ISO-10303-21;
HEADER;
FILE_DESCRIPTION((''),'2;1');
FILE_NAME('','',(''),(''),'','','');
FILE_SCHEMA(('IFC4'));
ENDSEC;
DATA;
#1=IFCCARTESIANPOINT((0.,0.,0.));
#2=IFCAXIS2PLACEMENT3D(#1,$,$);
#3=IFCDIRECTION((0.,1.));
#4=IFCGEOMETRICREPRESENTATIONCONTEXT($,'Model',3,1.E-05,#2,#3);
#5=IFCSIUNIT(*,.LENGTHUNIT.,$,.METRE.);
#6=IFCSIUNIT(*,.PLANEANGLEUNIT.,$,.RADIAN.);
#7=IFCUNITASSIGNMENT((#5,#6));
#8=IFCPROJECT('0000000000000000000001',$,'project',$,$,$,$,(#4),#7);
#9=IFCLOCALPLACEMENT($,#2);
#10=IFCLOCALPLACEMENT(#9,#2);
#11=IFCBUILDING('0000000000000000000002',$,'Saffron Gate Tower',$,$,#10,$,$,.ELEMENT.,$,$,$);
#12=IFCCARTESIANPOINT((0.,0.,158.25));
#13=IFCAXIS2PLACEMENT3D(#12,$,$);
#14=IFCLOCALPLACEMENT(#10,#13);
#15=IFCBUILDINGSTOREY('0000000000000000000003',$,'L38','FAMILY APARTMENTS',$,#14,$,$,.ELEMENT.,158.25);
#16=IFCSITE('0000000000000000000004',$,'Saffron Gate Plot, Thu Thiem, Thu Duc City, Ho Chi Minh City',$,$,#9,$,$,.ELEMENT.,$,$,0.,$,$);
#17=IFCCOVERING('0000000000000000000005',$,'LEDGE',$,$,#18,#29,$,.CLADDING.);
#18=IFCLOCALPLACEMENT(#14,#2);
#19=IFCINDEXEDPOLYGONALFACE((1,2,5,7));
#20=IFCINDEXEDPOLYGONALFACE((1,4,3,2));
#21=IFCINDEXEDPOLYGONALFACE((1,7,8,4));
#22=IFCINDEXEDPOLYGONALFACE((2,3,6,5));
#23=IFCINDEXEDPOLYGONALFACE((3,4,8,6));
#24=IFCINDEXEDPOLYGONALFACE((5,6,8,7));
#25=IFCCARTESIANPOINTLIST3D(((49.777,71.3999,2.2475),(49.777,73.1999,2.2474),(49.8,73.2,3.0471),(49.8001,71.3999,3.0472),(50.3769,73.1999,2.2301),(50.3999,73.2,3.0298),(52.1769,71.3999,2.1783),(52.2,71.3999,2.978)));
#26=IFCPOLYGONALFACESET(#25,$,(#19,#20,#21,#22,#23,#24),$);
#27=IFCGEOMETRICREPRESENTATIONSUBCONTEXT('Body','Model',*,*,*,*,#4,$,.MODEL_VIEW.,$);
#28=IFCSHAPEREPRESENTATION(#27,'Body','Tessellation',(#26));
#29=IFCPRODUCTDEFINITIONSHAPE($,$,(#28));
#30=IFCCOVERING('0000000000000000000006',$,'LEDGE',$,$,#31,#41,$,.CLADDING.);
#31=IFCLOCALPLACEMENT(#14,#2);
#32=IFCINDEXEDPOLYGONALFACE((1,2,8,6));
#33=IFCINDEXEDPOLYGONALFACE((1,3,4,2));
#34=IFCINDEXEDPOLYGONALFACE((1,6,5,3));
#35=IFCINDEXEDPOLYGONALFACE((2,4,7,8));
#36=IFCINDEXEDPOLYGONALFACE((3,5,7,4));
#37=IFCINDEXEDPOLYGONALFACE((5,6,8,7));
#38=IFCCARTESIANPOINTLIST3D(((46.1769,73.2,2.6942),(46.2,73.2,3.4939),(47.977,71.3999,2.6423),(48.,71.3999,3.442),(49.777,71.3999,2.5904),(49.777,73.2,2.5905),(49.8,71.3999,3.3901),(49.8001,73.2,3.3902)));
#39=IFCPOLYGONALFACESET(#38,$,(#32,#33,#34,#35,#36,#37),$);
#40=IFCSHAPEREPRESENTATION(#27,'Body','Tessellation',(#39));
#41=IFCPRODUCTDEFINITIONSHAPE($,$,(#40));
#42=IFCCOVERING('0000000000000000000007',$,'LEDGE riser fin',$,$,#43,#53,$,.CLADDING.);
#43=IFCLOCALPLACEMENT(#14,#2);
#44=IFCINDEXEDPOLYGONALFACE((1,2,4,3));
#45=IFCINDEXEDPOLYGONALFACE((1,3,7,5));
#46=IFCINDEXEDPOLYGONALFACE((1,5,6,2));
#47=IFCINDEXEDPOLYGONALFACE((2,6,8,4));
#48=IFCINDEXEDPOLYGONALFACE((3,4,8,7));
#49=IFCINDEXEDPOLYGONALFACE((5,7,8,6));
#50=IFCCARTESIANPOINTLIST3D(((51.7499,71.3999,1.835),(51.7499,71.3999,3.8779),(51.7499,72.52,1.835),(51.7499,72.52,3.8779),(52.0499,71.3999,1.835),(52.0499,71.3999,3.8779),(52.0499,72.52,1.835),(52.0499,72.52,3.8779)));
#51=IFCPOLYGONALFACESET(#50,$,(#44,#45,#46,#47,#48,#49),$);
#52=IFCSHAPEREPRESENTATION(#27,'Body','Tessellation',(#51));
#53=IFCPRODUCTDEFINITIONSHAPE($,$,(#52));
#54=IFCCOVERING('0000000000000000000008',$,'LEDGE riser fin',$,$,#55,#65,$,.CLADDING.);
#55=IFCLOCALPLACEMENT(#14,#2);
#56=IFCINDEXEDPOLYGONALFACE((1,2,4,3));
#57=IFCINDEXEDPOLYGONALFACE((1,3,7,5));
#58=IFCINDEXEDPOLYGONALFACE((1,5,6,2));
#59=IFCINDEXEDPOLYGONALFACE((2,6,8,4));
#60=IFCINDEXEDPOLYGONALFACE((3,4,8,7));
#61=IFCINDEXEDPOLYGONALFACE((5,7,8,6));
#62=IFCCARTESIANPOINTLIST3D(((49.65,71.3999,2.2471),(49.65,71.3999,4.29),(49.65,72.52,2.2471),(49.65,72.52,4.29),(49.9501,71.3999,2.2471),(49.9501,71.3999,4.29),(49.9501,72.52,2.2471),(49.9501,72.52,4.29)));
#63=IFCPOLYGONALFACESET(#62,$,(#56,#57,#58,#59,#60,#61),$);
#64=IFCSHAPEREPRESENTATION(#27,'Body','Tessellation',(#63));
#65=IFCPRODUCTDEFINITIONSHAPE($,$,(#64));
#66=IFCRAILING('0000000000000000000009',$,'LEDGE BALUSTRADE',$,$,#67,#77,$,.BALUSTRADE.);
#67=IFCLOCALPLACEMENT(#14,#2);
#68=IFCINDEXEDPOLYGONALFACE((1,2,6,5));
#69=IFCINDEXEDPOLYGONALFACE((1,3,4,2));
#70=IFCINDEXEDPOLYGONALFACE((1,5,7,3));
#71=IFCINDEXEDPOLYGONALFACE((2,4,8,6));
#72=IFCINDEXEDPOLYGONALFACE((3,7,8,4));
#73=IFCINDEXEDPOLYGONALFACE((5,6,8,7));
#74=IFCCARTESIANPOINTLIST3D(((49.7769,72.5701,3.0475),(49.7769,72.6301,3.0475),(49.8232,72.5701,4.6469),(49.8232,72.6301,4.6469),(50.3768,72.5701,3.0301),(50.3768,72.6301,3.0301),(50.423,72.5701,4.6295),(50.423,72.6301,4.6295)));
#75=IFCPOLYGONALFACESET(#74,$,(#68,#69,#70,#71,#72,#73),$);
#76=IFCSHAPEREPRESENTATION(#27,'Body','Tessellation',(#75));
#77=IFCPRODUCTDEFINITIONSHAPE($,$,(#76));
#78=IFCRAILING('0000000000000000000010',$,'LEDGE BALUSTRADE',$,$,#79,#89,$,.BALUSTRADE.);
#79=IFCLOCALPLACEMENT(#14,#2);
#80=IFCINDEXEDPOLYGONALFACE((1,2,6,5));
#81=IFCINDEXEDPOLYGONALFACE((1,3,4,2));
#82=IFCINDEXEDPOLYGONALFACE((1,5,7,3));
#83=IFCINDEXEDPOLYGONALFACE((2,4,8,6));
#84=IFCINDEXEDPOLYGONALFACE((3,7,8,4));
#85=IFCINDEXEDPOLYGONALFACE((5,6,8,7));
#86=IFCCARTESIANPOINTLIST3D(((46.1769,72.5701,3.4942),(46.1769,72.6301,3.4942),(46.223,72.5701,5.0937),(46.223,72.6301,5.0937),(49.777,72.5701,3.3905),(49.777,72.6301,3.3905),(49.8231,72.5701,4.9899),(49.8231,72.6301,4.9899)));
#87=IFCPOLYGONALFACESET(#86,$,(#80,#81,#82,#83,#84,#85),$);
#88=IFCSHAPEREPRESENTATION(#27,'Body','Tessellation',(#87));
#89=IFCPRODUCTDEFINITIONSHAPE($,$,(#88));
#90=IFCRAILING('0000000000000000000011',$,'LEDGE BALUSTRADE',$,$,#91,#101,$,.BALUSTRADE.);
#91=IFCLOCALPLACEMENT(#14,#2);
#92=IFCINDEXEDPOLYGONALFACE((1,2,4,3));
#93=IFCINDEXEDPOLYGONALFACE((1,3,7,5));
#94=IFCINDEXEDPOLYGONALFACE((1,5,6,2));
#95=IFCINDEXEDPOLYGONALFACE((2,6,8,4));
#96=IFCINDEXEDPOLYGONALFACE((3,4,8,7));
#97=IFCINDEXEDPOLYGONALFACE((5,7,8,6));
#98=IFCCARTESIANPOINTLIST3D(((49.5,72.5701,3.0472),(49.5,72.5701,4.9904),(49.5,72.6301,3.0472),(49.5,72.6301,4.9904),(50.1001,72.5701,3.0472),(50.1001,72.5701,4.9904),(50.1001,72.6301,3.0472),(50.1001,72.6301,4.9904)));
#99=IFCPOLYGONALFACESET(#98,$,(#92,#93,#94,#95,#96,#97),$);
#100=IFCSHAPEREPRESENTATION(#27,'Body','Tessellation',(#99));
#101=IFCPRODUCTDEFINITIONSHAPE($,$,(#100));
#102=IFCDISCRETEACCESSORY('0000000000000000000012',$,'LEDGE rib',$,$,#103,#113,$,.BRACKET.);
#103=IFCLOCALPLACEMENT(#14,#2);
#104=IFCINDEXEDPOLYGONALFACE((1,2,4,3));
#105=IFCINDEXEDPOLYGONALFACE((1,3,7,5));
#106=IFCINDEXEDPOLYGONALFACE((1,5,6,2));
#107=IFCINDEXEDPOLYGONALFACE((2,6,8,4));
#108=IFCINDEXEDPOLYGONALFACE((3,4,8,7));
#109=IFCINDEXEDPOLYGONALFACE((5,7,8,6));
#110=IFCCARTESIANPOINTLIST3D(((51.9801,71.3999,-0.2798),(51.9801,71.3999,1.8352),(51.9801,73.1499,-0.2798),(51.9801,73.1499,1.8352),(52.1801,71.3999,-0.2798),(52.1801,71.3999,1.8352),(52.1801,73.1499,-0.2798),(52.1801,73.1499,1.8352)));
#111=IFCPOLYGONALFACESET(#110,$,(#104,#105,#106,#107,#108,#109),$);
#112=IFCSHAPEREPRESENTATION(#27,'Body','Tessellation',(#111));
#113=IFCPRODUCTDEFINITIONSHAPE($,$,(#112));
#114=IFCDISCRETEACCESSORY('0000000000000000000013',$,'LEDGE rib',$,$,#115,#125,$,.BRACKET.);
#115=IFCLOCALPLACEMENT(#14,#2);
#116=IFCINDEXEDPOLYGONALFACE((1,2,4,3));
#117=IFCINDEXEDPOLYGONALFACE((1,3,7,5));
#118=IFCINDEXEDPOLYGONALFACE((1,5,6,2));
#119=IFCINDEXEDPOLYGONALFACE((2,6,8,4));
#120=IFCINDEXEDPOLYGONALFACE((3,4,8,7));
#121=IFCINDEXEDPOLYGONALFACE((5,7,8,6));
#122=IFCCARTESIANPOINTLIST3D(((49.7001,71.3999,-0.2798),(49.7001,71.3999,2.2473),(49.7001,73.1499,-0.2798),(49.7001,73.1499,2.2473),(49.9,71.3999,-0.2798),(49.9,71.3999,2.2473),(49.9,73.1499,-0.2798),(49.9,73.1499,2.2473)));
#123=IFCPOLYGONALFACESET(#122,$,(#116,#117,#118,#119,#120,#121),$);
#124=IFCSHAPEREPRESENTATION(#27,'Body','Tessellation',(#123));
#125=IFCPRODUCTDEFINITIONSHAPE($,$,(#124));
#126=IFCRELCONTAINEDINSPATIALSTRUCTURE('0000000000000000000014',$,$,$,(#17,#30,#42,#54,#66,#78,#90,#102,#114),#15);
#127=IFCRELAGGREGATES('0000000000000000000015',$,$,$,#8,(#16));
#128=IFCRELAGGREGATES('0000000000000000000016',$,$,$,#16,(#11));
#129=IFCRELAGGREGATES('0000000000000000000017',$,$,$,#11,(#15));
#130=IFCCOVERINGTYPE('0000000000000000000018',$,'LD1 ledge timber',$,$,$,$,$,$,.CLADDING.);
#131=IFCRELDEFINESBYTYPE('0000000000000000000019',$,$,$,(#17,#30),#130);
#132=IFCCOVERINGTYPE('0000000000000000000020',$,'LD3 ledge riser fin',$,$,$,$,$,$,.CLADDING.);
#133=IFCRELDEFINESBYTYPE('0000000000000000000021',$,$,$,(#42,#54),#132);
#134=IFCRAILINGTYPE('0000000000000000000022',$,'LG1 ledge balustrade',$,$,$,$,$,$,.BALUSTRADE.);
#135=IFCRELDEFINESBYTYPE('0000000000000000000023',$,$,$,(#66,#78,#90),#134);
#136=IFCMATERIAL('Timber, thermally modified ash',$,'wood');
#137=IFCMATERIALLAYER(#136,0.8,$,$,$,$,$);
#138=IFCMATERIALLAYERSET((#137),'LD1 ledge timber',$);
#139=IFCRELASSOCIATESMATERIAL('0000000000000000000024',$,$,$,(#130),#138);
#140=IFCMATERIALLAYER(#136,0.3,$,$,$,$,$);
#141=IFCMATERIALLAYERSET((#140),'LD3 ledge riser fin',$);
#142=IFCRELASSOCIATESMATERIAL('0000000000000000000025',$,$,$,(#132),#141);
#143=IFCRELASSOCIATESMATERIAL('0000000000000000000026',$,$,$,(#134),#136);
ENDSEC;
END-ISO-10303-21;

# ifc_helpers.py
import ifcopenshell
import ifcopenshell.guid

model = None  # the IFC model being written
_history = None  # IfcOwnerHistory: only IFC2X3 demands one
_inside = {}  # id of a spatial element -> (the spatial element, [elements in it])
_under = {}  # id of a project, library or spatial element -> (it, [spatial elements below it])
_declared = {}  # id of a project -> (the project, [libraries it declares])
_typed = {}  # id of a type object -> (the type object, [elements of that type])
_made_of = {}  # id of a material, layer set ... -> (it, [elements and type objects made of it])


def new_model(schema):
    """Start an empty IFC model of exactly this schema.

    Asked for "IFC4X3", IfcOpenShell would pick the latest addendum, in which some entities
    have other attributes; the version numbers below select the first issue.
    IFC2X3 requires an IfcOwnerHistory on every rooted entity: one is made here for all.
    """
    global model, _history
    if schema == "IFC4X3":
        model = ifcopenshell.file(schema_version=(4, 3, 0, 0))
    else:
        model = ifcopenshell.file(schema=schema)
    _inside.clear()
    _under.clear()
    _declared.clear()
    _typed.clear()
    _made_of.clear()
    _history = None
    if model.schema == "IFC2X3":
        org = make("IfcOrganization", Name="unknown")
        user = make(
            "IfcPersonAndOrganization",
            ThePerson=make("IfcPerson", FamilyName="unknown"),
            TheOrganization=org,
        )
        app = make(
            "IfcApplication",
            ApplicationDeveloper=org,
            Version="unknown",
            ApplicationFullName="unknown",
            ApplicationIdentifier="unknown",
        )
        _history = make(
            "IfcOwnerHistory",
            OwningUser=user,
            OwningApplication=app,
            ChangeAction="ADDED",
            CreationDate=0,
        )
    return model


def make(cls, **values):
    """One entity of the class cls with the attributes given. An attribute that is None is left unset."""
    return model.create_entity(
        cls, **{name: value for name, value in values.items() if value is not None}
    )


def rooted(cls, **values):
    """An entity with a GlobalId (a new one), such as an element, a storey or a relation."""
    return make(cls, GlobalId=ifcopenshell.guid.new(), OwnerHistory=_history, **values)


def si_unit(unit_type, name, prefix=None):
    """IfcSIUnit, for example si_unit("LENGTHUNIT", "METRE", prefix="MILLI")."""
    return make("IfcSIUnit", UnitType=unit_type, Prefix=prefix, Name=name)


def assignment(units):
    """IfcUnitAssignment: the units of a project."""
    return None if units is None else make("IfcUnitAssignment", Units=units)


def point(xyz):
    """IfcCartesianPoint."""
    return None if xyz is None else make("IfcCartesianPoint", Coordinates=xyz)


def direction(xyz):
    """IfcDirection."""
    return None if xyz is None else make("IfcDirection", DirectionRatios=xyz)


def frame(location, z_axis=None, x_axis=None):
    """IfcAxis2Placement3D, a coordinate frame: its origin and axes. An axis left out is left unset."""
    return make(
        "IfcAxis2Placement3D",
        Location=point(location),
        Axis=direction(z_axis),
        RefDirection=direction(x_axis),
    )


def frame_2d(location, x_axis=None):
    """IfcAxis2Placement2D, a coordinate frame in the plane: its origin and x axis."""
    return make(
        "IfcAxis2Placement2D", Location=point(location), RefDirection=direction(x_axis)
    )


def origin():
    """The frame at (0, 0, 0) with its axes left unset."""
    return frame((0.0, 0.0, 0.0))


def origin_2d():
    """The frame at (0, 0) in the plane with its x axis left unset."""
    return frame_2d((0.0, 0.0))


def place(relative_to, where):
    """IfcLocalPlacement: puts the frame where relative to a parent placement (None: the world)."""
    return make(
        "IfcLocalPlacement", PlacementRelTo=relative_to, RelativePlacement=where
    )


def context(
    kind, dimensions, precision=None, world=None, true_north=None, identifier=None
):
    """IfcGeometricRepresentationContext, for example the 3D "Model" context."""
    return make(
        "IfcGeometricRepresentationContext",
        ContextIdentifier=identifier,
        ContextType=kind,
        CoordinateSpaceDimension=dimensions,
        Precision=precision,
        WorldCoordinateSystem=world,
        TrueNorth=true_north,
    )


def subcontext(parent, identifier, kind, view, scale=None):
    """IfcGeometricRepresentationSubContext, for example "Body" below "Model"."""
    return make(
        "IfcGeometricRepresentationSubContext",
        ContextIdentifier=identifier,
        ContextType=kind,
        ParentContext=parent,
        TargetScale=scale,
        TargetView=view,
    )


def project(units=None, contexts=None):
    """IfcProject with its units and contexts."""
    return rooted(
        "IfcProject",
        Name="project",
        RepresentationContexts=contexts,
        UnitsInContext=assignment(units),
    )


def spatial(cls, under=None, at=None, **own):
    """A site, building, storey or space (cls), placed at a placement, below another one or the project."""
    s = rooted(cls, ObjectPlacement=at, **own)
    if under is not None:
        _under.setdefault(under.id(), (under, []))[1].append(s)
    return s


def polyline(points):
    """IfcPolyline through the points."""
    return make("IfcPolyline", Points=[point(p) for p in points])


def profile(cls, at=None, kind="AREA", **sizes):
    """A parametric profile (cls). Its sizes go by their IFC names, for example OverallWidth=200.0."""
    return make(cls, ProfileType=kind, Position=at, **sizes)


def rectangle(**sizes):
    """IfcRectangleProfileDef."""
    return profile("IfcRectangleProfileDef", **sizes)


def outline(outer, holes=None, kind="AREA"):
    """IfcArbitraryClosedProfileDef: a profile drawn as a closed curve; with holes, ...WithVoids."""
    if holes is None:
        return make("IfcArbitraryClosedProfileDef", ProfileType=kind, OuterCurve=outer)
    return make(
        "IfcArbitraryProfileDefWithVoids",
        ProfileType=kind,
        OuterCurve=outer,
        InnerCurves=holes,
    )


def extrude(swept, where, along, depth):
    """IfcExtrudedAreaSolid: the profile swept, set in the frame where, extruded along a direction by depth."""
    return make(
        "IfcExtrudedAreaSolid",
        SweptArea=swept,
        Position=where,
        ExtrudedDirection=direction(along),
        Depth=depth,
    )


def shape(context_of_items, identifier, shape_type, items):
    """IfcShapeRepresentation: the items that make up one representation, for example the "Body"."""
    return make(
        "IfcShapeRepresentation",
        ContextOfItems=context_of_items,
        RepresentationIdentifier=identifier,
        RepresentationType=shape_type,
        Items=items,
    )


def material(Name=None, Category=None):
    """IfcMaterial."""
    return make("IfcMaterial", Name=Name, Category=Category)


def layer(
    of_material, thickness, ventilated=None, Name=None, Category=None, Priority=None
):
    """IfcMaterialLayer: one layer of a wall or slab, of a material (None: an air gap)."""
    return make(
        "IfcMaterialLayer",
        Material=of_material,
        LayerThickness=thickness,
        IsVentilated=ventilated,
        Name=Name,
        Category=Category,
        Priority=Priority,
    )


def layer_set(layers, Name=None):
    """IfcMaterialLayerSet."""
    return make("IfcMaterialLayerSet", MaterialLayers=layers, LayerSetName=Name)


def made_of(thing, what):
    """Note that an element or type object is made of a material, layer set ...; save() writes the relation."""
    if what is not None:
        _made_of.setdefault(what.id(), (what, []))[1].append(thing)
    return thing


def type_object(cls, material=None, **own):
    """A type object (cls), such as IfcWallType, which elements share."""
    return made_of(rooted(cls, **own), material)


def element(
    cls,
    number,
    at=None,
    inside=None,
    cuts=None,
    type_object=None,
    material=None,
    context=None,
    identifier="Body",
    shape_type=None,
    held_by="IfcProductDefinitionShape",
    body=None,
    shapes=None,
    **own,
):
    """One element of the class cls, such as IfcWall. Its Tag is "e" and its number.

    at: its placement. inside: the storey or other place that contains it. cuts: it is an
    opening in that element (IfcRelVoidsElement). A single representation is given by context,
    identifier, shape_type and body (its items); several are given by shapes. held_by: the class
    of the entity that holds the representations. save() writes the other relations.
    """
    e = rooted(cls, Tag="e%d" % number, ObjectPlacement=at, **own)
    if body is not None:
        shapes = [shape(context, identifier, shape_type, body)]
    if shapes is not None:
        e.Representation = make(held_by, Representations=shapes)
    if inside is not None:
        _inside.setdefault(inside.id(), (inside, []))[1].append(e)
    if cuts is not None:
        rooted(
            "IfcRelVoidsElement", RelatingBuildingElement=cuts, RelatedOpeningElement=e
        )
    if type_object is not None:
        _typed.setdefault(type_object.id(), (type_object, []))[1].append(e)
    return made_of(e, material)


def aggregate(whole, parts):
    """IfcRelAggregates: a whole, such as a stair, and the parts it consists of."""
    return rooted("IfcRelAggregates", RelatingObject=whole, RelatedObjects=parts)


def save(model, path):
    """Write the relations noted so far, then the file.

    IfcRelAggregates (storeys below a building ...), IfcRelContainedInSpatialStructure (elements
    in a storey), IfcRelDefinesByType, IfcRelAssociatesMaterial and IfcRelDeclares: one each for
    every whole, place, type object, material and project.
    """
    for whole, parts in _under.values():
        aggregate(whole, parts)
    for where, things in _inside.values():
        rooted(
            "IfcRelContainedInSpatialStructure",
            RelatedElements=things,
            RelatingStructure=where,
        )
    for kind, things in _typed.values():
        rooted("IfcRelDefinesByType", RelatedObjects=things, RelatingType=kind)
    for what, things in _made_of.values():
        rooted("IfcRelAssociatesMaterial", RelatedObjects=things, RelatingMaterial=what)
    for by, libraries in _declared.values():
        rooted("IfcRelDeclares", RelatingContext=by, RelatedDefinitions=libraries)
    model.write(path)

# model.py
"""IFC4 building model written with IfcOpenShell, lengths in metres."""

from ifc_helpers import new_model, si_unit, direction, frame, origin, origin_2d, place, context, subcontext, project, spatial, polyline, rectangle, outline, extrude, material, layer, layer_set, type_object, element, save


model = new_model("IFC4")

# Units and contexts
model_context = context("Model", 3, precision=1e-05, world=origin(), true_north=direction((0.0, 1.0)))
body_context = subcontext(model_context, "Body", "Model", "MODEL_VIEW")
ifc_project = project(units=[si_unit("LENGTHUNIT", "METRE"), si_unit("PLANEANGLEUNIT", "RADIAN")], contexts=[model_context])

# Site, building, storey
site_placement = place(None, origin())
site = spatial("IfcSite", under=ifc_project, at=site_placement, Name="Saffron Gate Plot, Thu Thiem, Thu Duc City, Ho Chi Minh City", CompositionType="ELEMENT", RefElevation=0.0)
building_placement = place(site_placement, origin())
building = spatial("IfcBuilding", under=site, at=building_placement, Name="Saffron Gate Tower", CompositionType="ELEMENT")
storey_placement = place(building_placement, frame((0.0, 0.0, 158.25)))
storey = spatial("IfcBuildingStorey", under=building, at=storey_placement, Name="L38", Description="FAMILY APARTMENTS", CompositionType="ELEMENT", Elevation=158.25)

# Coverings
ifc_material_1 = material(Name="Timber, thermally modified ash", Category="wood")
ifc_layer_1 = layer(ifc_material_1, 0.8)
ifc_layer_set_1 = layer_set([ifc_layer_1], Name="LD1 ledge timber")
covering_type_1 = type_object("IfcCoveringType", Name="LD1 ledge timber", PredefinedType="CLADDING", material=ifc_layer_set_1)
covering_1_placement = place(storey_placement, frame((52.2, 71.3999, 2.978), z_axis=(0.028799, 0.000029, 0.999585), x_axis=(-0.999585, 0.0, 0.028799)))
element("IfcCovering", 1, at=covering_1_placement, inside=storey, type_object=covering_type_1, Name="LEDGE", PredefinedType="CLADDING", context=body_context, shape_type="SweptSolid", body=[
    extrude(outline(polyline([(0.0, 0.0), (2.4009, 0.0), (2.4009, -1.8), (1.8008, -1.8), (0.0, 0.0)])), origin(), (0.0, 0.0, -1.0), 0.8),
])
covering_2_placement = place(storey_placement, frame((49.8, 71.3999, 3.3901), z_axis=(0.028787, -0.000045, 0.999586), x_axis=(-0.999586, 0.0, 0.028787)))
element("IfcCovering", 2, at=covering_2_placement, inside=storey, type_object=covering_type_1, Name="LEDGE", PredefinedType="CLADDING", context=body_context, shape_type="SweptSolid", body=[
    extrude(outline(polyline([(0.0, 0.0), (1.8008, 0.0), (3.6016, -1.8), (0.0, -1.8), (0.0, 0.0)])), origin(), (0.0, 0.0, -1.0), 0.8),
])
ifc_layer_2 = layer(ifc_material_1, 0.3)
ifc_layer_set_2 = layer_set([ifc_layer_2], Name="LD3 ledge riser fin")
covering_type_2 = type_object("IfcCoveringType", Name="LD3 ledge riser fin", PredefinedType="CLADDING", material=ifc_layer_set_2)
for number, where, z_axis, x_axis, name in (
    (3, (51.8999, 71.96, 1.835), (0.0, 0.0, 1.0), (-1.0, 0.0, 0.0), "LEDGE riser fin"),
    (4, (49.8, 71.96, 2.2471), (0.0, 0.0, 1.0), (-1.0, 0.0, 0.0), "LEDGE riser fin"),
):
    element("IfcCovering", number, at=place(storey_placement, frame(where, z_axis=z_axis, x_axis=x_axis)), inside=storey, type_object=covering_type_2, Name=name, PredefinedType="CLADDING", context=body_context, shape_type="SweptSolid", body=[
        extrude(rectangle(XDim=0.3, YDim=1.1201, at=origin_2d()), origin(), (0.0, 0.0, 1.0), 2.043),
    ])

# Railings
railing_type = type_object("IfcRailingType", Name="LG1 ledge balustrade", PredefinedType="BALUSTRADE", material=ifc_material_1)
railing_1_placement = place(storey_placement, frame((50.3999, 72.6001, 3.0298)))
element("IfcRailing", 5, at=railing_1_placement, inside=storey, type_object=railing_type, Name="LEDGE BALUSTRADE", PredefinedType="BALUSTRADE", context=body_context, shape_type="SweptSolid", body=[
    extrude(rectangle(XDim=0.0601, YDim=1.6001, at=origin_2d()), frame((0.0, 0.0, 0.8), z_axis=(-0.999583, 0.0, 0.028885), x_axis=(0.0, -1.0, 0.0)), (0.0, 0.0, 1.0), 0.6001),
])
railing_2_placement = place(storey_placement, frame((49.8, 72.6001, 3.3901)))
element("IfcRailing", 6, at=railing_2_placement, inside=storey, type_object=railing_type, Name="LEDGE BALUSTRADE", PredefinedType="BALUSTRADE", context=body_context, shape_type="SweptSolid", body=[
    extrude(rectangle(XDim=0.0601, YDim=1.6001, at=origin_2d()), frame((0.0, 0.0, 0.8), z_axis=(-0.999585, 0.0, 0.028809), x_axis=(0.0, -1.0, 0.0)), (0.0, 0.0, 1.0), 3.6016),
])
railing_3_placement = place(storey_placement, frame((50.1001, 72.6001, 3.0471)))
element("IfcRailing", 7, at=railing_3_placement, inside=storey, type_object=railing_type, Name="LEDGE BALUSTRADE", PredefinedType="BALUSTRADE", context=body_context, shape_type="SweptSolid", body=[
    extrude(rectangle(XDim=0.0601, YDim=1.9431, at=origin_2d()), frame((0.0, 0.0, 0.9717), z_axis=(-1.0, 0.0, 0.0), x_axis=(0.0, -1.0, 0.0)), (0.0, 0.0, 1.0), 0.6001),
])

# Discrete accessories
discrete_accessory_1_placement = place(storey_placement, frame((52.0801, 72.2749, -0.2798), z_axis=(0.0, 0.0, 1.0), x_axis=(-1.0, 0.0, 0.0)))
element("IfcDiscreteAccessory", 8, at=discrete_accessory_1_placement, inside=storey, Name="LEDGE rib", PredefinedType="BRACKET", context=body_context, shape_type="SweptSolid", body=[
    extrude(rectangle(XDim=0.2, YDim=1.75, at=origin_2d()), origin(), (0.0, 0.0, 1.0), 2.115),
])
discrete_accessory_2_placement = place(storey_placement, frame((49.8, 72.2749, -0.2798), z_axis=(0.0, 0.0, 1.0), x_axis=(-1.0, 0.0, 0.0)))
element("IfcDiscreteAccessory", 9, at=discrete_accessory_2_placement, inside=storey, Name="LEDGE rib", PredefinedType="BRACKET", context=body_context, shape_type="SweptSolid", body=[
    extrude(rectangle(XDim=0.2, YDim=1.75, at=origin_2d()), origin(), (0.0, 0.0, 1.0), 2.5271),
])

save(model, "model.ifc")
